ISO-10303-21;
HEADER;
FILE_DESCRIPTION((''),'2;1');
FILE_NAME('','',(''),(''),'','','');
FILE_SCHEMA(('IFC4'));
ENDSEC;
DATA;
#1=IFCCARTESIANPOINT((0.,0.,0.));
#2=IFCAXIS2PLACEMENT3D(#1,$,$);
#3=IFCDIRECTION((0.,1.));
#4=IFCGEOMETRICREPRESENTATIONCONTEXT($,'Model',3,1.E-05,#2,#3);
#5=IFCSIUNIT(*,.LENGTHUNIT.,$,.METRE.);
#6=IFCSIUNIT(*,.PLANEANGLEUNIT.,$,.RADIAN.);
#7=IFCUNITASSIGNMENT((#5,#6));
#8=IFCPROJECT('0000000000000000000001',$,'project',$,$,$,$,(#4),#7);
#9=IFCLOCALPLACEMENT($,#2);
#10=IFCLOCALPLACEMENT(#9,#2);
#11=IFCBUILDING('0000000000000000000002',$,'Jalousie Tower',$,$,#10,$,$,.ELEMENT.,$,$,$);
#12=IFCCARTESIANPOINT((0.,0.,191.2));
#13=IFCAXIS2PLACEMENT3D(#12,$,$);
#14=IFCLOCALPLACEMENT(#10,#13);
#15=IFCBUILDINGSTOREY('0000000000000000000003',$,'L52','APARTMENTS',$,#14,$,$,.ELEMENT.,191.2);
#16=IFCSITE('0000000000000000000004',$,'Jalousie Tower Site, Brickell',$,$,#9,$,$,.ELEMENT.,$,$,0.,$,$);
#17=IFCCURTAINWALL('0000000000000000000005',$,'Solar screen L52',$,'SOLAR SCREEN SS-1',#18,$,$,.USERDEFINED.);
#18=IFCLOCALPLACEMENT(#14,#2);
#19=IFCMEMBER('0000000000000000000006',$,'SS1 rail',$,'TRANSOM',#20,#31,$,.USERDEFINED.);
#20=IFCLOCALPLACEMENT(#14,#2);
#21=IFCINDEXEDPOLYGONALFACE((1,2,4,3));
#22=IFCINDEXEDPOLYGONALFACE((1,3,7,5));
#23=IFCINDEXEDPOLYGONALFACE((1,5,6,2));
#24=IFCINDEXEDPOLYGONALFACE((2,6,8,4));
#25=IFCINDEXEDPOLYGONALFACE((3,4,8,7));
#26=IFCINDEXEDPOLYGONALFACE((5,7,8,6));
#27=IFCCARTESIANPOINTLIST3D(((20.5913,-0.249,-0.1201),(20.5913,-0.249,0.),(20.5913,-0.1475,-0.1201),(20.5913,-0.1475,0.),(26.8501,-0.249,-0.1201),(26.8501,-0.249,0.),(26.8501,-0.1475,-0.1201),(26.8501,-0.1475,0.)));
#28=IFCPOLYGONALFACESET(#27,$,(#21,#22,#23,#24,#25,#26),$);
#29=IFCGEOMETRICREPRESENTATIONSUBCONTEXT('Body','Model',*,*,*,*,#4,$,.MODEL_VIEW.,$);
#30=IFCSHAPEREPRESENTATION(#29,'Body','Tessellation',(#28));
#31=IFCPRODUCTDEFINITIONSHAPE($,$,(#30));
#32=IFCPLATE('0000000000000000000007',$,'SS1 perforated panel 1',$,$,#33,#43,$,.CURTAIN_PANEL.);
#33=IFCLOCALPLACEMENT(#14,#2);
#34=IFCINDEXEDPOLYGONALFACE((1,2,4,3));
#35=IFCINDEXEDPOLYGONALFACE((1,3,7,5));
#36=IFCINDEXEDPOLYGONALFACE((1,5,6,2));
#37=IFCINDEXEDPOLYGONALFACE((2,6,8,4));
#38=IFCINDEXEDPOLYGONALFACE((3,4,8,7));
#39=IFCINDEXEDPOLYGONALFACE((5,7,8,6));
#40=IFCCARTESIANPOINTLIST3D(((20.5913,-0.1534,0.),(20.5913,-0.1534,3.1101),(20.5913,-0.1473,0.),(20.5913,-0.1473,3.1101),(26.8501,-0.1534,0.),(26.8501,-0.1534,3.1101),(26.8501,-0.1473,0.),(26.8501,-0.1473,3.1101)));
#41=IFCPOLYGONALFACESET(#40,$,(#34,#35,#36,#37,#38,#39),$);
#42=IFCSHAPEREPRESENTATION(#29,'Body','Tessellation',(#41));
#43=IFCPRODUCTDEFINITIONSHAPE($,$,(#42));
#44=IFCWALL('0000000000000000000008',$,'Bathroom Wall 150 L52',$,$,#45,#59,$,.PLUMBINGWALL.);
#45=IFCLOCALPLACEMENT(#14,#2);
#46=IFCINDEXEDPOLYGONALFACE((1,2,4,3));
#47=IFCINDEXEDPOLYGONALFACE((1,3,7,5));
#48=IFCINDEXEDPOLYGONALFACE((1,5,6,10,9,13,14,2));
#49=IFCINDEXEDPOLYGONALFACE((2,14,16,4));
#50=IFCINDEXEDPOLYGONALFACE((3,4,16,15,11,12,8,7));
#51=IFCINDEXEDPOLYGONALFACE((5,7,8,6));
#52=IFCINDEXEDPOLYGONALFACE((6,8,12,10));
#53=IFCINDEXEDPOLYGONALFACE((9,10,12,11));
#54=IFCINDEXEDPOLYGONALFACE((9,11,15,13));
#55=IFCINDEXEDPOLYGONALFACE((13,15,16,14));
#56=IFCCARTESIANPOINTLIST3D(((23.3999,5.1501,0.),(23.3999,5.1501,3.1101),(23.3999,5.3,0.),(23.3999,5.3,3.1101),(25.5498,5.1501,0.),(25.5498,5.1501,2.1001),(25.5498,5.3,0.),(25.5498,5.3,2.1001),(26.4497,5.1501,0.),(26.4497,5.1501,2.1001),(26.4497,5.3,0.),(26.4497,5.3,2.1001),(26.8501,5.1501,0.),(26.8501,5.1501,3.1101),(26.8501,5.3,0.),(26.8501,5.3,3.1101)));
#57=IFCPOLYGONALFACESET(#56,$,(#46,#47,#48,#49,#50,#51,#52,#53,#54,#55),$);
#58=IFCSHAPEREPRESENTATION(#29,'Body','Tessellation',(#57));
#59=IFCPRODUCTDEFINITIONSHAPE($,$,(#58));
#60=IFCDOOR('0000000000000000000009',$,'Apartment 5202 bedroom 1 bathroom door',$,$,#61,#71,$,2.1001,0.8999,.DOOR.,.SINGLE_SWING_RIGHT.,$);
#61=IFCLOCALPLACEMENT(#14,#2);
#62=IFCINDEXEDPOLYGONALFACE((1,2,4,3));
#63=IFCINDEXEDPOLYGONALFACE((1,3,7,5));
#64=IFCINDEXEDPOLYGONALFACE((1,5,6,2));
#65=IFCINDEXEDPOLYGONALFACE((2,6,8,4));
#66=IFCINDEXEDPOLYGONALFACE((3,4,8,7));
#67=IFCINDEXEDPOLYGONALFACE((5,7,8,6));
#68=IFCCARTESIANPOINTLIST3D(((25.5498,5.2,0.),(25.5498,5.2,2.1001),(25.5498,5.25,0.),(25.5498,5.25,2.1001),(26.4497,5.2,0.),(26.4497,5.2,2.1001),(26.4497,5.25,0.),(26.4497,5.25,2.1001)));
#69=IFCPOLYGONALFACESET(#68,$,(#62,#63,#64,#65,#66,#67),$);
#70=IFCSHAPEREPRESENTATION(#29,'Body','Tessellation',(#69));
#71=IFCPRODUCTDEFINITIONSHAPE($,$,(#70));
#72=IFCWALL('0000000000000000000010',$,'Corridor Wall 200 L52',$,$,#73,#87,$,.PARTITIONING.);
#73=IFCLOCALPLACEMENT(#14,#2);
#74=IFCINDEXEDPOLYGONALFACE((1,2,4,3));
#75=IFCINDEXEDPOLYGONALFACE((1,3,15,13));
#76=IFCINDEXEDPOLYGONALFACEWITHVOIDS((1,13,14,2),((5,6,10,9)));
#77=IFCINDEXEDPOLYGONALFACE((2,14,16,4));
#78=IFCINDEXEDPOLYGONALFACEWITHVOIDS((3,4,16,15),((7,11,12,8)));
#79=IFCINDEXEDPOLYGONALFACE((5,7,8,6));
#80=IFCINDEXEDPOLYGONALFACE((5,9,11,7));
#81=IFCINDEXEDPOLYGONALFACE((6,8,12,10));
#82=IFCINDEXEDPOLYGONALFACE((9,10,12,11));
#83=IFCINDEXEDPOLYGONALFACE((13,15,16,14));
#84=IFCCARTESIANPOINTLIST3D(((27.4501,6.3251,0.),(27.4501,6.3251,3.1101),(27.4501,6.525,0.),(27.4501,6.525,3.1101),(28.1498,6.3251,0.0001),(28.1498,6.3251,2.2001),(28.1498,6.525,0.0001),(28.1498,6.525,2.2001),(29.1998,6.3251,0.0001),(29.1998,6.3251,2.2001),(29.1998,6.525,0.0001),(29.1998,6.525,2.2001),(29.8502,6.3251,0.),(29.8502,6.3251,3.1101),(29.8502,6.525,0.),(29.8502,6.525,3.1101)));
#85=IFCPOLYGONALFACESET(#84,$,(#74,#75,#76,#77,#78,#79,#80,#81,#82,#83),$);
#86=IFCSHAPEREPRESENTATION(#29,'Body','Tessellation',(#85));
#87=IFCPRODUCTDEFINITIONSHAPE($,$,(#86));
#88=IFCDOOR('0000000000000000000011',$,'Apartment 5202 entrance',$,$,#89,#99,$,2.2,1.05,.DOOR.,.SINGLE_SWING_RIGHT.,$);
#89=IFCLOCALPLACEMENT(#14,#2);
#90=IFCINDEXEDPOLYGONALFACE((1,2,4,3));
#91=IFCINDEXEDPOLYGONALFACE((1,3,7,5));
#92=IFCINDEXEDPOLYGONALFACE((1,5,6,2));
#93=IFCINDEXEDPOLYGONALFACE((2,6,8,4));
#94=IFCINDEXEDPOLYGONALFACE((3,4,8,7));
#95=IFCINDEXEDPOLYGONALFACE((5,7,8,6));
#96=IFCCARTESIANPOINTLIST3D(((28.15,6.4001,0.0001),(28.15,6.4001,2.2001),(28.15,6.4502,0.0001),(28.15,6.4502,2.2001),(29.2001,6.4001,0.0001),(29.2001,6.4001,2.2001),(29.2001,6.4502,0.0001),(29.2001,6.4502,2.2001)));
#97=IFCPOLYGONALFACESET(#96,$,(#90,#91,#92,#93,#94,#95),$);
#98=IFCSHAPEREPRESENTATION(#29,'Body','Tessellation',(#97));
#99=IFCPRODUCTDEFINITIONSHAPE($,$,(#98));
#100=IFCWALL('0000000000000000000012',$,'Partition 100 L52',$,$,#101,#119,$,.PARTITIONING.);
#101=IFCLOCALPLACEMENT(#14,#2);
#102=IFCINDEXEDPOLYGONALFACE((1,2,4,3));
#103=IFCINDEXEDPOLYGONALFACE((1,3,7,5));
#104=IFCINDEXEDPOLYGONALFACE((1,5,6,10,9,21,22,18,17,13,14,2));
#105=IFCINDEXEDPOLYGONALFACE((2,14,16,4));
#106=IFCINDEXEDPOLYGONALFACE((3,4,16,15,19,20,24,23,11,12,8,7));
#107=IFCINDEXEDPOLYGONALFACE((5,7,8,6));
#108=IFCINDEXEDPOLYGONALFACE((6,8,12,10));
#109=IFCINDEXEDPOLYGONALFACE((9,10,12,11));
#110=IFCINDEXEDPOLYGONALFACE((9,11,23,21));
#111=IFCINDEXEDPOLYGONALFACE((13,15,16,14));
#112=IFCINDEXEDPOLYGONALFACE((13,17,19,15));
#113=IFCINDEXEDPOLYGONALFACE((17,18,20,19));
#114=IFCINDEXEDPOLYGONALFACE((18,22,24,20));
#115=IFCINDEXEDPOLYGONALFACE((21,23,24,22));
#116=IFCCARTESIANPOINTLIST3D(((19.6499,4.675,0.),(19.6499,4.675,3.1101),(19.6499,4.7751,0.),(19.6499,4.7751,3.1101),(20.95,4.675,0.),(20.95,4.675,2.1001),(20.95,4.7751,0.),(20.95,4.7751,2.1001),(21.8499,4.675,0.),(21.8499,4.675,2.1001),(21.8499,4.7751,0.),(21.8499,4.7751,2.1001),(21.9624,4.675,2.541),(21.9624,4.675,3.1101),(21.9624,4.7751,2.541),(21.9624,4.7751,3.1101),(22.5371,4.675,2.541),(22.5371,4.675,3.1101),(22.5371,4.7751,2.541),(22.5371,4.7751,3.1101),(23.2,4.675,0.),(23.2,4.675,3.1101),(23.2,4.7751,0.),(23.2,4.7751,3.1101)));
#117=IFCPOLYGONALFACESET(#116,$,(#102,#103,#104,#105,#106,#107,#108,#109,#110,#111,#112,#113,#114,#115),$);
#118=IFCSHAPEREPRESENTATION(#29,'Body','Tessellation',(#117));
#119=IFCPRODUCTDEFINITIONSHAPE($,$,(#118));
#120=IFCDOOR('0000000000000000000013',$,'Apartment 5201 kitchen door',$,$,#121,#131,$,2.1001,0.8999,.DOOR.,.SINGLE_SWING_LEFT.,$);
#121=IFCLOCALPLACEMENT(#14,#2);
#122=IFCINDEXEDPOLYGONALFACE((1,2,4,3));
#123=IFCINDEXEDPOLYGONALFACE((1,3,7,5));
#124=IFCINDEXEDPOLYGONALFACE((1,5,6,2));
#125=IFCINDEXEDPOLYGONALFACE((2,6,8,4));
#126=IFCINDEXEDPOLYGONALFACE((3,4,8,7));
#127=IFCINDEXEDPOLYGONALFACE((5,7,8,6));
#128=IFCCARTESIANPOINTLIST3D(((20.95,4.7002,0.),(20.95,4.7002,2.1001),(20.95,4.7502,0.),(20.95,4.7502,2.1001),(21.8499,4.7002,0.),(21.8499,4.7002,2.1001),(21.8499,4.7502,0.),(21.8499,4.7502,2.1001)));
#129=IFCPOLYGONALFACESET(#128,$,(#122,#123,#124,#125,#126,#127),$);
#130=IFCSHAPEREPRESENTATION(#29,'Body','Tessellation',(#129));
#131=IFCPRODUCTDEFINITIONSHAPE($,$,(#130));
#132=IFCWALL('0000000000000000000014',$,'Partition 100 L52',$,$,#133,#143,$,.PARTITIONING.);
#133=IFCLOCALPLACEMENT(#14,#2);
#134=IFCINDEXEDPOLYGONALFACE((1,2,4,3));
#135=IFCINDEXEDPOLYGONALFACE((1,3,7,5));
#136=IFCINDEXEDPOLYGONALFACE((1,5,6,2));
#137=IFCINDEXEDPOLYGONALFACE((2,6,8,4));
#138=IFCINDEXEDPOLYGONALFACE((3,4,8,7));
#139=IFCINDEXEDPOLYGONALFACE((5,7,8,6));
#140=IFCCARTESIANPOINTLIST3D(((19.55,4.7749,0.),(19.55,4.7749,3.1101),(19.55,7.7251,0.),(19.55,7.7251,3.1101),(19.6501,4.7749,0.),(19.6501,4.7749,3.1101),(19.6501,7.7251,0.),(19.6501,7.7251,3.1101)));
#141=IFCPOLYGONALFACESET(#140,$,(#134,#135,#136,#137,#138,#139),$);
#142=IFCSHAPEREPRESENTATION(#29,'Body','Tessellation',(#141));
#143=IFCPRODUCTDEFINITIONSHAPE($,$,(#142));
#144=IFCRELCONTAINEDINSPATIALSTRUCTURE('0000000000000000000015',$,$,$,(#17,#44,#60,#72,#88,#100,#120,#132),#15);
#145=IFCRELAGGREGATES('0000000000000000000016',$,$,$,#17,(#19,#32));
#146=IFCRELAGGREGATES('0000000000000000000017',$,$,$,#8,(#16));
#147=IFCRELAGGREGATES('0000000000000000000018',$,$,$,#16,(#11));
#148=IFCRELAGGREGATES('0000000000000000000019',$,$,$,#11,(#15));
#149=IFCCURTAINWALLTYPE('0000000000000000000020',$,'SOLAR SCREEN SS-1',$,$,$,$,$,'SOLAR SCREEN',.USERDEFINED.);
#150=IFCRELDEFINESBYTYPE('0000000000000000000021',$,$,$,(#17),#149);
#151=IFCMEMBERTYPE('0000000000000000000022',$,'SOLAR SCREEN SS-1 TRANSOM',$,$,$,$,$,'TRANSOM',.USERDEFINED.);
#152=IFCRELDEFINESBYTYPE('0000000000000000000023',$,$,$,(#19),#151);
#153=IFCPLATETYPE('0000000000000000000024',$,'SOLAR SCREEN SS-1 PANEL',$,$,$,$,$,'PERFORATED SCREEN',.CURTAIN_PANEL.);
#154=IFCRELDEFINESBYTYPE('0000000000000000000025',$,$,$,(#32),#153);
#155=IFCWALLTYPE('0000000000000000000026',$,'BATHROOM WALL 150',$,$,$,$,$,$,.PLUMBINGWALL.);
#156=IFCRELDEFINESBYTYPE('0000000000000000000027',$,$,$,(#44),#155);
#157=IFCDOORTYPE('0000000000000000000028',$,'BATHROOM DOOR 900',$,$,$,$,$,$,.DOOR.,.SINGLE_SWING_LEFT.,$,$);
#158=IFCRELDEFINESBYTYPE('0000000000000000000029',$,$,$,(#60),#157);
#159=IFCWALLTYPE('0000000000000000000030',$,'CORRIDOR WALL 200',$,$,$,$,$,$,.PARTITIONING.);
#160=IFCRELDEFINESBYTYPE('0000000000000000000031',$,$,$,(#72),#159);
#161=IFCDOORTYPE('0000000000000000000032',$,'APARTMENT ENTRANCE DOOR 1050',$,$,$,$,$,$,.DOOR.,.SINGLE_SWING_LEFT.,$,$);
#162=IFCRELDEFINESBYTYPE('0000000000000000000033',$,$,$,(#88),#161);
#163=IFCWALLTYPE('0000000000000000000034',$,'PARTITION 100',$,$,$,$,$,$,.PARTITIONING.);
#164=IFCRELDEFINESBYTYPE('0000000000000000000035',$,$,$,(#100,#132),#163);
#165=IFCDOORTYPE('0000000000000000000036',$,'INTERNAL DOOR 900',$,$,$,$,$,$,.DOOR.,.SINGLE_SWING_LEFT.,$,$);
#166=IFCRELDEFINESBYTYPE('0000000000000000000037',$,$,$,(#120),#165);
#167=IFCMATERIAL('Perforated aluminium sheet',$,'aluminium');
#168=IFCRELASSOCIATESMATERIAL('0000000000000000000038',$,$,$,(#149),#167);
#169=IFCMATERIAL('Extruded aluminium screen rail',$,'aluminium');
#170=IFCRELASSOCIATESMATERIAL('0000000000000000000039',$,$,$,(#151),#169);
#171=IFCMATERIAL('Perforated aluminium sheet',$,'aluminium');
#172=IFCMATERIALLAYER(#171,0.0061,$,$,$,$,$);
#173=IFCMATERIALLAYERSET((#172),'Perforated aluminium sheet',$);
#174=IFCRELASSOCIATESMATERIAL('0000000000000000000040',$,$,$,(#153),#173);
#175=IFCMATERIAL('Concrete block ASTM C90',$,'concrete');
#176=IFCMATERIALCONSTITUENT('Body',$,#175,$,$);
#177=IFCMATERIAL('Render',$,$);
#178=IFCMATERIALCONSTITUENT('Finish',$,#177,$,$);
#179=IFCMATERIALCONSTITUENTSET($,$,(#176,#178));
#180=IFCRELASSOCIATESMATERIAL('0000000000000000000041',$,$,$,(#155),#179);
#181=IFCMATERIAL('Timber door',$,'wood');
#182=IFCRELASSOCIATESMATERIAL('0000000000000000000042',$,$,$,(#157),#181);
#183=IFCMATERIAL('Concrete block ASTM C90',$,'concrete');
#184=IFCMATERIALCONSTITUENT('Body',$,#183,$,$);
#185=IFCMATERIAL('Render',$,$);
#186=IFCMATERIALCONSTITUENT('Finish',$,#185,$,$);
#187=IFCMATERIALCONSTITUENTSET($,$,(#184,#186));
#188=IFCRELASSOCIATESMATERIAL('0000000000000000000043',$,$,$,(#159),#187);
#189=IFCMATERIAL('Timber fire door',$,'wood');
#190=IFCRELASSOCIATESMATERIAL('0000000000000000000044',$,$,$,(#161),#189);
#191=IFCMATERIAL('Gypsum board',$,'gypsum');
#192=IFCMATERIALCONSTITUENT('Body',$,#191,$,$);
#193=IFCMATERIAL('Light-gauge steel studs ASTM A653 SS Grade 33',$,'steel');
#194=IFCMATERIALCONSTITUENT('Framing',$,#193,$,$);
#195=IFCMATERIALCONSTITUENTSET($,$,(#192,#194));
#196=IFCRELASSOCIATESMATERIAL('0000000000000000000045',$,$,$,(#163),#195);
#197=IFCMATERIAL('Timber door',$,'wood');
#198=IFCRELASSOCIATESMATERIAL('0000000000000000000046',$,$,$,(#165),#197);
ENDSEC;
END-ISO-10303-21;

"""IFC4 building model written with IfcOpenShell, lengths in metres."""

from ifc_helpers import new_model, si_unit, direction, frame, frame_2d, origin, origin_2d, place, context, subcontext, project, spatial, polyline, rectangle, outline, extrude, material, layer, layer_set, constituent, constituent_set, material_profile, profile_set, type_object, element, fill, aggregate, save


model = new_model("IFC4")

# Units and contexts
model_context = context("Model", 3, precision=1e-05, world=origin(), true_north=direction((0.0, 1.0)))
body_context = subcontext(model_context, "Body", "Model", "MODEL_VIEW")
ifc_project = project(units=[si_unit("LENGTHUNIT", "METRE"), si_unit("PLANEANGLEUNIT", "RADIAN")], contexts=[model_context])

# Site, building, storey
site_placement = place(None, origin())
site = spatial("IfcSite", under=ifc_project, at=site_placement, Name="Jalousie Tower Site, Brickell", CompositionType="ELEMENT", RefElevation=0.0)
building_placement = place(site_placement, origin())
building = spatial("IfcBuilding", under=site, at=building_placement, Name="Jalousie Tower", CompositionType="ELEMENT")
storey_placement = place(building_placement, frame((0.0, 0.0, 191.2)))
storey = spatial("IfcBuildingStorey", under=building, at=storey_placement, Name="L52", Description="APARTMENTS", CompositionType="ELEMENT", Elevation=191.2)

# Curtain wall, member, plate
ifc_material_1 = material(Name="Perforated aluminium sheet", Category="aluminium")
curtain_wall_type = type_object("IfcCurtainWallType", Name="SOLAR SCREEN SS-1", ElementType="SOLAR SCREEN", PredefinedType="USERDEFINED", material=ifc_material_1)
curtain_wall_placement = place(storey_placement, origin())
curtain_wall = element("IfcCurtainWall", 1, at=curtain_wall_placement, inside=storey, type_object=curtain_wall_type, Name="Solar screen L52", ObjectType="SOLAR SCREEN SS-1", PredefinedType="USERDEFINED")
ifc_material_2 = material(Name="Extruded aluminium screen rail", Category="aluminium")
ifc_material_profile_1 = material_profile(ifc_material_2, rectangle(XDim=0.1016, YDim=0.1201, at=origin_2d()), Name="RAIL 102x120")
ifc_profile_set_1 = profile_set([ifc_material_profile_1], Name="Extruded aluminium screen rail")
member_type_1 = type_object("IfcMemberType", Name="SOLAR SCREEN SS-1 TRANSOM", ElementType="TRANSOM", PredefinedType="USERDEFINED", material=ifc_profile_set_1)
member_1_placement = place(storey_placement, frame((20.5913, -0.1982, -0.0601), z_axis=(1.0, 0.0, 0.0), x_axis=(0.0, 1.0, 0.0)))
member_1 = element("IfcMember", 2, at=member_1_placement, type_object=member_type_1, Name="SS1 rail", ObjectType="TRANSOM", PredefinedType="USERDEFINED", context=body_context, shape_type="SweptSolid", body=[
    extrude(rectangle(XDim=0.1016, YDim=0.1201, at=origin_2d()), origin(), (0.0, 0.0, 1.0), 6.2588),
])
ifc_material_3 = material(Name="Perforated aluminium sheet", Category="aluminium")
ifc_layer_1 = layer(ifc_material_3, 0.0061)
ifc_layer_set_1 = layer_set([ifc_layer_1], Name="Perforated aluminium sheet")
plate_type = type_object("IfcPlateType", Name="SOLAR SCREEN SS-1 PANEL", ElementType="PERFORATED SCREEN", PredefinedType="CURTAIN_PANEL", material=ifc_layer_set_1)
plate_placement = place(storey_placement, frame((23.7207, -0.1504, 0.0), z_axis=(0.0, 0.0, 1.0), x_axis=(1.0, 0.0, 0.0)))
plate = element("IfcPlate", 3, at=plate_placement, type_object=plate_type, Name="SS1 perforated panel 1", PredefinedType="CURTAIN_PANEL", context=body_context, shape_type="SweptSolid", body=[
    extrude(rectangle(XDim=6.2588, YDim=0.0061, at=origin_2d()), origin(), (0.0, 0.0, 1.0), 3.1101),
])
aggregate(curtain_wall, [member_1, plate])

# Walls, openings, doors
ifc_material_4 = material(Name="Concrete block ASTM C90", Category="concrete")
ifc_constituent_1 = constituent(ifc_material_4, Name="Body")
ifc_material_5 = material(Name="Render")
ifc_constituent_2 = constituent(ifc_material_5, Name="Finish")
ifc_constituent_set_1 = constituent_set(constituents=[ifc_constituent_1, ifc_constituent_2])
wall_type_1 = type_object("IfcWallType", Name="BATHROOM WALL 150", PredefinedType="PLUMBINGWALL", material=ifc_constituent_set_1)
wall_1_placement = place(storey_placement, frame((23.3999, 5.2251, 0.0), z_axis=(0.0, 0.0, 1.0), x_axis=(1.0, 0.0, 0.0)))
wall_1 = element("IfcWall", 4, at=wall_1_placement, inside=storey, type_object=wall_type_1, Name="Bathroom Wall 150 L52", PredefinedType="PLUMBINGWALL", context=body_context, shape_type="SweptSolid", body=[
    extrude(rectangle(XDim=3.4502, YDim=0.1499, at=frame_2d((1.7251, 0.0))), origin(), (0.0, 0.0, 1.0), 3.1101),
])
opening_1_placement = place(wall_1_placement, frame((2.1499, 0.0, 0.0)))
opening_1 = element("IfcOpeningElement", 5, at=opening_1_placement, cuts=wall_1, PredefinedType="OPENING", context=body_context, shape_type="SweptSolid", body=[
    extrude(rectangle(XDim=0.8999, YDim=2.1001, at=frame_2d((0.45, 1.05))), frame((0.0, 0.085, 0.0), z_axis=(0.0, -1.0, 0.0), x_axis=(1.0, 0.0, 0.0)), (0.0, 0.0, 1.0), 0.1699),
])
ifc_material_6 = material(Name="Timber door", Category="wood")
door_type_1 = type_object("IfcDoorType", Name="BATHROOM DOOR 900", OperationType="SINGLE_SWING_LEFT", PredefinedType="DOOR", material=ifc_material_6)
door_1_placement = place(opening_1_placement, origin())
door_1 = element("IfcDoor", 6, at=door_1_placement, inside=storey, type_object=door_type_1, Name="Apartment 5202 bedroom 1 bathroom door", OperationType="SINGLE_SWING_RIGHT", OverallHeight=2.1001, OverallWidth=0.8999, PredefinedType="DOOR", context=body_context, shape_type="SweptSolid", body=[
    extrude(rectangle(XDim=0.8999, YDim=2.1001, at=frame_2d((0.45, 1.05))), frame((0.0, 0.0249, 0.0), z_axis=(0.0, -1.0, 0.0), x_axis=(1.0, 0.0, 0.0)), (0.0, 0.0, 1.0), 0.05),
])
fill(opening_1, door_1)
ifc_material_7 = material(Name="Concrete block ASTM C90", Category="concrete")
ifc_constituent_3 = constituent(ifc_material_7, Name="Body")
ifc_material_8 = material(Name="Render")
ifc_constituent_4 = constituent(ifc_material_8, Name="Finish")
ifc_constituent_set_2 = constituent_set(constituents=[ifc_constituent_3, ifc_constituent_4])
wall_type_2 = type_object("IfcWallType", Name="CORRIDOR WALL 200", PredefinedType="PARTITIONING", material=ifc_constituent_set_2)
wall_2_placement = place(storey_placement, frame((27.45, 6.425, 0.0), z_axis=(0.0, 0.0, 1.0), x_axis=(1.0, 0.0, 0.0)))
wall_2 = element("IfcWall", 7, at=wall_2_placement, inside=storey, type_object=wall_type_2, Name="Corridor Wall 200 L52", PredefinedType="PARTITIONING", context=body_context, shape_type="SweptSolid", body=[
    extrude(rectangle(XDim=2.4001, YDim=0.2, at=frame_2d((1.2002, 0.0))), origin(), (0.0, 0.0, 1.0), 3.1101),
])
opening_2_placement = place(wall_2_placement, frame((0.7, 0.0, 0.0)))
opening_2 = element("IfcOpeningElement", 8, at=opening_2_placement, cuts=wall_2, PredefinedType="OPENING", context=body_context, shape_type="SweptSolid", body=[
    extrude(rectangle(XDim=1.05, YDim=2.2, at=frame_2d((0.5249, 1.1001))), frame((0.0, 0.1099, 0.0), z_axis=(0.0, -1.0, 0.0), x_axis=(1.0, 0.0, 0.0)), (0.0, 0.0, 1.0), 0.22),
])
ifc_material_9 = material(Name="Timber fire door", Category="wood")
door_type_2 = type_object("IfcDoorType", Name="APARTMENT ENTRANCE DOOR 1050", OperationType="SINGLE_SWING_LEFT", PredefinedType="DOOR", material=ifc_material_9)
door_2_placement = place(opening_2_placement, frame((1.05, 0.0, 0.0), z_axis=(0.0, 0.0, 1.0), x_axis=(-1.0, 0.0, 0.0)))
door_2 = element("IfcDoor", 9, at=door_2_placement, inside=storey, type_object=door_type_2, Name="Apartment 5202 entrance", OperationType="SINGLE_SWING_RIGHT", OverallHeight=2.2, OverallWidth=1.05, PredefinedType="DOOR", context=body_context, shape_type="SweptSolid", body=[
    extrude(rectangle(XDim=1.05, YDim=2.2, at=frame_2d((0.5249, 1.1001))), frame((0.0, 0.0249, 0.0), z_axis=(0.0, -1.0, 0.0), x_axis=(1.0, 0.0, 0.0)), (0.0, 0.0, 1.0), 0.05),
])
fill(opening_2, door_2)
ifc_material_10 = material(Name="Gypsum board", Category="gypsum")
ifc_constituent_5 = constituent(ifc_material_10, Name="Body")
ifc_material_11 = material(Name="Light-gauge steel studs ASTM A653 SS Grade 33", Category="steel")
ifc_constituent_6 = constituent(ifc_material_11, Name="Framing")
ifc_constituent_set_3 = constituent_set(constituents=[ifc_constituent_5, ifc_constituent_6])
wall_type_3 = type_object("IfcWallType", Name="PARTITION 100", PredefinedType="PARTITIONING", material=ifc_constituent_set_3)
wall_3_placement = place(storey_placement, frame((19.6499, 4.7251, 0.0), z_axis=(0.0, 0.0, 1.0), x_axis=(1.0, 0.0, 0.0)))
wall_3 = element("IfcWall", 10, at=wall_3_placement, inside=storey, type_object=wall_type_3, Name="Partition 100 L52", PredefinedType="PARTITIONING", context=body_context, shape_type="SweptSolid", body=[
    extrude(outline(polyline([(0.0, 0.0), (3.55, 0.0), (3.55, 3.1101), (2.8872, 3.1101), (2.8872, 2.541), (2.3125, 2.541), (2.3125, 3.1101), (0.0, 3.1101), (0.0, 0.0)])), frame((0.0, 0.05, 0.0), z_axis=(0.0, -1.0, 0.0), x_axis=(1.0, 0.0, 0.0)), (0.0, 0.0, 1.0), 0.1001),
])
opening_3_placement = place(wall_3_placement, frame((1.3, 0.0, 0.0)))
opening_3 = element("IfcOpeningElement", 11, at=opening_3_placement, cuts=wall_3, PredefinedType="OPENING", context=body_context, shape_type="SweptSolid", body=[
    extrude(rectangle(XDim=0.8999, YDim=2.1001, at=frame_2d((0.45, 1.05))), frame((0.0, 0.0601, 0.0), z_axis=(0.0, -1.0, 0.0), x_axis=(1.0, 0.0, 0.0)), (0.0, 0.0, 1.0), 0.1201),
])
ifc_material_12 = material(Name="Timber door", Category="wood")
door_type_3 = type_object("IfcDoorType", Name="INTERNAL DOOR 900", OperationType="SINGLE_SWING_LEFT", PredefinedType="DOOR", material=ifc_material_12)
door_3_placement = place(opening_3_placement, frame((0.8999, 0.0, 0.0), z_axis=(0.0, 0.0, 1.0), x_axis=(-1.0, 0.0, 0.0)))
door_3 = element("IfcDoor", 12, at=door_3_placement, inside=storey, type_object=door_type_3, Name="Apartment 5201 kitchen door", OperationType="SINGLE_SWING_LEFT", OverallHeight=2.1001, OverallWidth=0.8999, PredefinedType="DOOR", context=body_context, shape_type="SweptSolid", body=[
    extrude(rectangle(XDim=0.8999, YDim=2.1001, at=frame_2d((0.45, 1.05))), frame((0.0, 0.0249, 0.0), z_axis=(0.0, -1.0, 0.0), x_axis=(1.0, 0.0, 0.0)), (0.0, 0.0, 1.0), 0.05),
])
fill(opening_3, door_3)

# Wall
wall_4_placement = place(storey_placement, frame((19.6001, 4.7749, 0.0), z_axis=(0.0, 0.0, 1.0), x_axis=(0.0, 1.0, 0.0)))
element("IfcWall", 13, at=wall_4_placement, inside=storey, type_object=wall_type_3, Name="Partition 100 L52", PredefinedType="PARTITIONING", context=body_context, shape_type="SweptSolid", body=[
    extrude(rectangle(XDim=2.9502, YDim=0.1001, at=frame_2d((1.4751, 0.0))), origin(), (0.0, 0.0, 1.0), 3.1101),
])

save(model, "model.ifc")
